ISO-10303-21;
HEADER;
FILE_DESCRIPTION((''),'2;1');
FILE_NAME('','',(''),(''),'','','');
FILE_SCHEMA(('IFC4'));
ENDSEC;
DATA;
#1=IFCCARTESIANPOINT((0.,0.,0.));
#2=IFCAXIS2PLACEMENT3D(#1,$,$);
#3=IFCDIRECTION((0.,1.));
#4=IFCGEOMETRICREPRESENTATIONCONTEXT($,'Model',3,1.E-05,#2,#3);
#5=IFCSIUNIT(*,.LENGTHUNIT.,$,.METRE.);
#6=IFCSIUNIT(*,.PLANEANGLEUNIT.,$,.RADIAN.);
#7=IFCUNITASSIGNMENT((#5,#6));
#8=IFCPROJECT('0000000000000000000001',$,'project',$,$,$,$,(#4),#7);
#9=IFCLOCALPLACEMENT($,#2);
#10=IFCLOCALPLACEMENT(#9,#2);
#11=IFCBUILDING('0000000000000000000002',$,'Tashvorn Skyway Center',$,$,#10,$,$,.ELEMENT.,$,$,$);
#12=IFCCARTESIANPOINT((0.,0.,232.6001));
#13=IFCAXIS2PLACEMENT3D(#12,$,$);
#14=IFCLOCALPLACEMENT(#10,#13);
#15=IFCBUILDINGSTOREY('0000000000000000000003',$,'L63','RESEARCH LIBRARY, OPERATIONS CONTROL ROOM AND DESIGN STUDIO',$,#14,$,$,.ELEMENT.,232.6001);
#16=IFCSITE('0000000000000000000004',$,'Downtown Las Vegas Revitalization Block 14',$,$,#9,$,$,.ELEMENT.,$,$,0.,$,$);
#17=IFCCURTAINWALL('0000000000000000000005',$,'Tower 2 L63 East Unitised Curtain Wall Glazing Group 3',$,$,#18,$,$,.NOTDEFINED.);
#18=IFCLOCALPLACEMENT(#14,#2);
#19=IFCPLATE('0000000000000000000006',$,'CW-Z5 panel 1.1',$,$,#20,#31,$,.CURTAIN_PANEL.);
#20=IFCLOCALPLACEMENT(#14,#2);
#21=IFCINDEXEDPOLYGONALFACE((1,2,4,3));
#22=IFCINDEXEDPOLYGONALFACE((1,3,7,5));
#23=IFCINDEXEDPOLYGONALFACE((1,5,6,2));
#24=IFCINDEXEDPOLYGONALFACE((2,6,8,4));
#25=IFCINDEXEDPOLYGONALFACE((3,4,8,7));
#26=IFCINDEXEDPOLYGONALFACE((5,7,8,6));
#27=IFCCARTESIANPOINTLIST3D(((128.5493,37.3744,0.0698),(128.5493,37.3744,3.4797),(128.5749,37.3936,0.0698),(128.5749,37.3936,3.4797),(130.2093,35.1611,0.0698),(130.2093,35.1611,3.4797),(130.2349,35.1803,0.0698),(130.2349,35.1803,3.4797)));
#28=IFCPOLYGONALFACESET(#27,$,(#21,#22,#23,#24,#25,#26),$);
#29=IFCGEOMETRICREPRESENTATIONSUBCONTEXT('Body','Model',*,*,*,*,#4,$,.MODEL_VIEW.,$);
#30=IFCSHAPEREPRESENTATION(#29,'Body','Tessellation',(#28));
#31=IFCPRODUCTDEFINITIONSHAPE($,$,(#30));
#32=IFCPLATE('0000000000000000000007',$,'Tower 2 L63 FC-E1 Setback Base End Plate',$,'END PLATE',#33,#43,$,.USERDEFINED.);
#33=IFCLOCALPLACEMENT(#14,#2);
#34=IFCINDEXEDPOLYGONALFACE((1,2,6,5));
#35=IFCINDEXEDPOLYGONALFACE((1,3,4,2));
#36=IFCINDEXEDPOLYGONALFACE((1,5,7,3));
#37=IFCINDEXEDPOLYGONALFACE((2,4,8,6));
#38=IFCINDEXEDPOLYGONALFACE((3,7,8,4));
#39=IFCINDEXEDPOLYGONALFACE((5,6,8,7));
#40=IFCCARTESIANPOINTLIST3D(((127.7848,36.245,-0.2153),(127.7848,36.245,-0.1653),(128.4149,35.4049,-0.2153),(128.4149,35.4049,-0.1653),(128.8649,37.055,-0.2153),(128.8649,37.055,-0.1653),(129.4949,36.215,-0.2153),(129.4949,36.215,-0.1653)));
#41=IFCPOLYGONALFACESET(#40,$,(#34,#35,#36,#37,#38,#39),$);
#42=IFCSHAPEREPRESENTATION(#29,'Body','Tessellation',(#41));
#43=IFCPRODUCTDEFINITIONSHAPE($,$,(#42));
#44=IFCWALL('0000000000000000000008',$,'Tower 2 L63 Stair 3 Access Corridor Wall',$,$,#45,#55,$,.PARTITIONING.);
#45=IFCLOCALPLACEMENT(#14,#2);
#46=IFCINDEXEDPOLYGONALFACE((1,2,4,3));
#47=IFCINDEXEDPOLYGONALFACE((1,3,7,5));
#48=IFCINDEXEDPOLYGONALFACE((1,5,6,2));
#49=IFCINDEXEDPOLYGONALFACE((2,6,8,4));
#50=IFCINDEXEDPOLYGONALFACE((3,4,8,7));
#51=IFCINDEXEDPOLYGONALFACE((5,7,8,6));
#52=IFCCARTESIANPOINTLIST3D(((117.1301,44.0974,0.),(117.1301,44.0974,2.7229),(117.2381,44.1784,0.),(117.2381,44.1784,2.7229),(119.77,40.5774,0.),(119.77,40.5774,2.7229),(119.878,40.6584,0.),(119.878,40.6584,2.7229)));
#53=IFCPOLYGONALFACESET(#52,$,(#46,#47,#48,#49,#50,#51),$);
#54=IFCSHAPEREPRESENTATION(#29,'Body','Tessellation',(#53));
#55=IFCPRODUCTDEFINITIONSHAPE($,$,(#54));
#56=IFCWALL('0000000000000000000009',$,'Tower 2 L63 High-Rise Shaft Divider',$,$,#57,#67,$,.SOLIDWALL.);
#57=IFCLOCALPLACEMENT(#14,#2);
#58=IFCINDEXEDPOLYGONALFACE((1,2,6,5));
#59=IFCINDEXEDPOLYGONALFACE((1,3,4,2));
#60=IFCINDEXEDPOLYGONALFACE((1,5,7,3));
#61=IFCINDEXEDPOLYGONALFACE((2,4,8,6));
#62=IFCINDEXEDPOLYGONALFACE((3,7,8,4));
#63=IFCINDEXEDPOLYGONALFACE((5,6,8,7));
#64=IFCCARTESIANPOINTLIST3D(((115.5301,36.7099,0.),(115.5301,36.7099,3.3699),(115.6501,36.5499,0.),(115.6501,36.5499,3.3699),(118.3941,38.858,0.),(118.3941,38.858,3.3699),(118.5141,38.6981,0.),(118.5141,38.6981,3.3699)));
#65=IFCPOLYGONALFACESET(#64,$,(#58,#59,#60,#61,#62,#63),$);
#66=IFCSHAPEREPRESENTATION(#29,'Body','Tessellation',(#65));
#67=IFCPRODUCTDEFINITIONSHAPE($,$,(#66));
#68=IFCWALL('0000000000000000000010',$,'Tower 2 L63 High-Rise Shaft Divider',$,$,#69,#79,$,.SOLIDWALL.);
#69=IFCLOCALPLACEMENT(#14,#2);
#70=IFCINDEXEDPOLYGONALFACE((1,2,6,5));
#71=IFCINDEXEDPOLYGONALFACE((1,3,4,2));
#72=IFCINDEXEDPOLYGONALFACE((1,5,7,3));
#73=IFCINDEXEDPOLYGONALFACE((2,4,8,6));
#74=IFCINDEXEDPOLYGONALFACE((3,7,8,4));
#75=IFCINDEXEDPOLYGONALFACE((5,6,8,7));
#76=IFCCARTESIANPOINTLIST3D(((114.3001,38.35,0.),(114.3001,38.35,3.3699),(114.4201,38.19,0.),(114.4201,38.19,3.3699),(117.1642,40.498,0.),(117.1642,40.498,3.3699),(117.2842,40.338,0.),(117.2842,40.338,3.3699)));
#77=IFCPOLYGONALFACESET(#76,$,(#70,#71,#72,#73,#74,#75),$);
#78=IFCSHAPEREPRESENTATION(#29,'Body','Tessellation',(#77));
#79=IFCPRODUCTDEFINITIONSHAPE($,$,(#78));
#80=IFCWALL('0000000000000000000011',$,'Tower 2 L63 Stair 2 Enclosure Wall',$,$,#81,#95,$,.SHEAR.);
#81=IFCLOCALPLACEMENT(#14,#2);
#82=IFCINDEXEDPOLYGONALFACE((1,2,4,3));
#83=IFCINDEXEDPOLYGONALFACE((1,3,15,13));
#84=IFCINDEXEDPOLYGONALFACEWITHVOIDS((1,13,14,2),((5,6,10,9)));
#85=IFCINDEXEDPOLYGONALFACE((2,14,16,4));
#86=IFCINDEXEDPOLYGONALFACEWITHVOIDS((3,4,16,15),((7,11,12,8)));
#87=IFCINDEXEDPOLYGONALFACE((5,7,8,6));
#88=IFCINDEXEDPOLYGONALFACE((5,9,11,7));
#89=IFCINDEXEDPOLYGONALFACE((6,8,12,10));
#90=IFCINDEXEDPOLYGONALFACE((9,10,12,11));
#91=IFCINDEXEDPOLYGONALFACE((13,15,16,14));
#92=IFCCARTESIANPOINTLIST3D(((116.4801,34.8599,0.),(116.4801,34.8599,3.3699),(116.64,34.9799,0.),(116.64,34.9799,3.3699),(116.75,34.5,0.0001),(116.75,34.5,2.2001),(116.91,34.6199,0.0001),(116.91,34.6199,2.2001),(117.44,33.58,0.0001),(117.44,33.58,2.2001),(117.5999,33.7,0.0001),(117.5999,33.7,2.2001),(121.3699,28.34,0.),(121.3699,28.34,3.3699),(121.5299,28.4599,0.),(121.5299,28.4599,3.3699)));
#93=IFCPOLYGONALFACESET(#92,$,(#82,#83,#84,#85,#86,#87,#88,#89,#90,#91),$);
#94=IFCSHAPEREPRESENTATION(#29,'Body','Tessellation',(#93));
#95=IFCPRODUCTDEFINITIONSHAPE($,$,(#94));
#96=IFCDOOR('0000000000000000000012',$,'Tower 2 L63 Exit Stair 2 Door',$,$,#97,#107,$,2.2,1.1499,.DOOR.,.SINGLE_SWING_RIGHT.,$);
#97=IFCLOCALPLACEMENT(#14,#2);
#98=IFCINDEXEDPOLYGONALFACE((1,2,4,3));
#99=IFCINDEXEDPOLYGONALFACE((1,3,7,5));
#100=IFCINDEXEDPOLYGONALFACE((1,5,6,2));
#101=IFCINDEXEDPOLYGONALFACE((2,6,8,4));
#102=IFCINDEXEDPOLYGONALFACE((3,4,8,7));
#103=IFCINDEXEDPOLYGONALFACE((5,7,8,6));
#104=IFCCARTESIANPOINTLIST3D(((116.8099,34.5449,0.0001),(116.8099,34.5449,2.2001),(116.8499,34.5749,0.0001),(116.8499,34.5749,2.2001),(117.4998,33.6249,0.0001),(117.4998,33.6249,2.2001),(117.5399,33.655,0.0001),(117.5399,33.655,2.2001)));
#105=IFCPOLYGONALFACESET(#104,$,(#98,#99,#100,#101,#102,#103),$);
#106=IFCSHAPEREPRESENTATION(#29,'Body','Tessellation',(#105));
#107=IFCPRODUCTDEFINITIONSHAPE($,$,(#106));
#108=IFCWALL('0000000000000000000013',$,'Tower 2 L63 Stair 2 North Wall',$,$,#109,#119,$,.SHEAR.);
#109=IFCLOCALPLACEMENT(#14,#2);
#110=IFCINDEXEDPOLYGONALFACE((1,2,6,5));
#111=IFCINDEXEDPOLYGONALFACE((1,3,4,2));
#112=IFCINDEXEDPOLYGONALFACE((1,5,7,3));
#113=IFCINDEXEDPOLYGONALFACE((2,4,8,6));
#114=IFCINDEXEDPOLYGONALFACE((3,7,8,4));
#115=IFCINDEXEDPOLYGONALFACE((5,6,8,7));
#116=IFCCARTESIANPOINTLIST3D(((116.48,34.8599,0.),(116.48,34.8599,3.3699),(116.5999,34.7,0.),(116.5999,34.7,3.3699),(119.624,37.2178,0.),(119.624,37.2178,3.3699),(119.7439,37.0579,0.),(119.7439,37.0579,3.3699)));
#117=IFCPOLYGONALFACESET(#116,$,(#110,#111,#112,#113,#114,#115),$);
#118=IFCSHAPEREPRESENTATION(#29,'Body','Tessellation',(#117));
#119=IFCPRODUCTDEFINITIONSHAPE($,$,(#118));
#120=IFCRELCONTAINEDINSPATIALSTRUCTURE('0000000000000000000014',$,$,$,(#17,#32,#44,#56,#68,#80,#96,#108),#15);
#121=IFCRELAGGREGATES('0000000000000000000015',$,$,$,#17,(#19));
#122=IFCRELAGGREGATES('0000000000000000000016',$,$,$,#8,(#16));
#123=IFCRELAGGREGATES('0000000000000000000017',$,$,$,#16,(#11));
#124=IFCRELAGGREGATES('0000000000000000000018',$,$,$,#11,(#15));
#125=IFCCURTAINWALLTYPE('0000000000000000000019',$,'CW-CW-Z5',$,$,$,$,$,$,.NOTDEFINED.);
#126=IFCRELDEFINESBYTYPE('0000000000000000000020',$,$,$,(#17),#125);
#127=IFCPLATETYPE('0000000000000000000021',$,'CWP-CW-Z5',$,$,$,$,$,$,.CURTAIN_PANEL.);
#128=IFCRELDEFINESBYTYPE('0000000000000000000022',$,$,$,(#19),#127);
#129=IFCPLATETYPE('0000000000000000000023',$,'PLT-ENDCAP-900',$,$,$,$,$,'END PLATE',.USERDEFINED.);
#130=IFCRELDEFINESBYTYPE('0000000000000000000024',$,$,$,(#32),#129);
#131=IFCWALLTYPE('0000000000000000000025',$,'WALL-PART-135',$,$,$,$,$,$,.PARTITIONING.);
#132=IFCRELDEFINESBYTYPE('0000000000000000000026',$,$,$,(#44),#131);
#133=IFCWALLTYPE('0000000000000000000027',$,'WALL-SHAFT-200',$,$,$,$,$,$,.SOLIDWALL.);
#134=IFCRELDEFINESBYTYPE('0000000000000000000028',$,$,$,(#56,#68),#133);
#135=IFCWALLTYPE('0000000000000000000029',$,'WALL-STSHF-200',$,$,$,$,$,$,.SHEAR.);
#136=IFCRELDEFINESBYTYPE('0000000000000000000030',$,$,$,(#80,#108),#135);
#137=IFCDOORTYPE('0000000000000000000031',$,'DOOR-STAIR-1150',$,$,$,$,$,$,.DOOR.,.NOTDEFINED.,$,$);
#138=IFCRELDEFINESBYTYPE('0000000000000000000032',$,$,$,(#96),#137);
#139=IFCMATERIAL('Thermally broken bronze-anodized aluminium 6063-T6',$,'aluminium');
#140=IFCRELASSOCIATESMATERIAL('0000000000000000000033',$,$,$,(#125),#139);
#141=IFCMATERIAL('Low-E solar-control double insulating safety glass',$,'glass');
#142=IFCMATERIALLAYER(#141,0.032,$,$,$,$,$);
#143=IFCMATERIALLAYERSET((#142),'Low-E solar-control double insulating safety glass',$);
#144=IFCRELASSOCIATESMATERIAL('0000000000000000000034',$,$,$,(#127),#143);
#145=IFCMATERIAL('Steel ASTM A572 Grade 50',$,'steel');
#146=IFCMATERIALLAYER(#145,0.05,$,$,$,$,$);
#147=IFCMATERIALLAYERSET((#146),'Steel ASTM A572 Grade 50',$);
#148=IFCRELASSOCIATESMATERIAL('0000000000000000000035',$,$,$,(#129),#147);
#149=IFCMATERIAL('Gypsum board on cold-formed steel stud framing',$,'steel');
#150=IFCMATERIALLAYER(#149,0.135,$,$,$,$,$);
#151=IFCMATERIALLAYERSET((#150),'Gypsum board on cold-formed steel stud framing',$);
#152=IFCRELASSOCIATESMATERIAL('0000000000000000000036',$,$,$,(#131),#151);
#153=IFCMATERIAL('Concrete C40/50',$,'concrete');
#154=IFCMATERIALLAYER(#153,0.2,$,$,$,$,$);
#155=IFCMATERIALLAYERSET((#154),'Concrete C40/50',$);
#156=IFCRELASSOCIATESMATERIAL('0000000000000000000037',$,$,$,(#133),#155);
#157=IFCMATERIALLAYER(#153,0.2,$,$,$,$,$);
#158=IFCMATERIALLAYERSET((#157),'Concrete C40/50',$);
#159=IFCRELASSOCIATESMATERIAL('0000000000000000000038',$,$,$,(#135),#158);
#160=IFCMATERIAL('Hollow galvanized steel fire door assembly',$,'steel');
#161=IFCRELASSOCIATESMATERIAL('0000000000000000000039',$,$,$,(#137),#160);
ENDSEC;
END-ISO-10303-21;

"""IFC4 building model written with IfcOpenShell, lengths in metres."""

from ifc_helpers import new_model, si_unit, direction, frame, frame_2d, origin, origin_2d, place, context, subcontext, project, spatial, rectangle, extrude, material, layer, layer_set, type_object, element, fill, aggregate, save


model = new_model("IFC4")

# Units and contexts
model_context = context("Model", 3, precision=1e-05, world=origin(), true_north=direction((0.0, 1.0)))
body_context = subcontext(model_context, "Body", "Model", "MODEL_VIEW")
ifc_project = project(units=[si_unit("LENGTHUNIT", "METRE"), si_unit("PLANEANGLEUNIT", "RADIAN")], contexts=[model_context])

# Site, building, storey
site_placement = place(None, origin())
site = spatial("IfcSite", under=ifc_project, at=site_placement, Name="Downtown Las Vegas Revitalization Block 14", CompositionType="ELEMENT", RefElevation=0.0)
building_placement = place(site_placement, origin())
building = spatial("IfcBuilding", under=site, at=building_placement, Name="Tashvorn Skyway Center", CompositionType="ELEMENT")
storey_placement = place(building_placement, frame((0.0, 0.0, 232.6001)))
storey = spatial("IfcBuildingStorey", under=building, at=storey_placement, Name="L63", Description="RESEARCH LIBRARY, OPERATIONS CONTROL ROOM AND DESIGN STUDIO", CompositionType="ELEMENT", Elevation=232.6001)

# Shared definitions
ifc_material_1 = material(Name="Steel ASTM A572 Grade 50", Category="steel")

# Shared definitions
ifc_material_2 = material(Name="Thermally broken bronze-anodized aluminium 6063-T6", Category="aluminium")
curtain_wall_type = type_object("IfcCurtainWallType", Name="CW-CW-Z5", PredefinedType="NOTDEFINED", material=ifc_material_2)

# Curtain wall, plate
curtain_wall_1_placement = place(storey_placement, origin())
curtain_wall_1 = element("IfcCurtainWall", 1, at=curtain_wall_1_placement, inside=storey, type_object=curtain_wall_type, Name="Tower 2 L63 East Unitised Curtain Wall Glazing Group 3", PredefinedType="NOTDEFINED")
ifc_material_3 = material(Name="Low-E solar-control double insulating safety glass", Category="glass")
ifc_layer_1 = layer(ifc_material_3, 0.032)
ifc_layer_set_1 = layer_set([ifc_layer_1], Name="Low-E solar-control double insulating safety glass")
plate_type_1 = type_object("IfcPlateType", Name="CWP-CW-Z5", PredefinedType="CURTAIN_PANEL", material=ifc_layer_set_1)
plate_1_placement = place(storey_placement, frame((129.3921, 36.2773, 0.0698), z_axis=(0.0, 0.0, 1.0), x_axis=(0.600006, -0.799996, 0.0)))
plate_1 = element("IfcPlate", 2, at=plate_1_placement, type_object=plate_type_1, Name="CW-Z5 panel 1.1", PredefinedType="CURTAIN_PANEL", context=body_context, shape_type="SweptSolid", body=[
    extrude(rectangle(XDim=2.7666, YDim=0.032, at=origin_2d()), origin(), (0.0, 0.0, 1.0), 3.4099),
])
aggregate(curtain_wall_1, [plate_1])

# Plate
ifc_layer_2 = layer(ifc_material_1, 0.05)
ifc_layer_set_2 = layer_set([ifc_layer_2], Name="Steel ASTM A572 Grade 50")
plate_type_2 = type_object("IfcPlateType", Name="PLT-ENDCAP-900", ElementType="END PLATE", PredefinedType="USERDEFINED", material=ifc_layer_set_2)
plate_2_placement = place(storey_placement, frame((128.6399, 36.23, -0.2153), z_axis=(0.0, 0.0, 1.0), x_axis=(0.8, 0.6, 0.0)))
element("IfcPlate", 3, at=plate_2_placement, inside=storey, type_object=plate_type_2, Name="Tower 2 L63 FC-E1 Setback Base End Plate", ObjectType="END PLATE", PredefinedType="USERDEFINED", context=body_context, shape_type="SweptSolid", body=[
    extrude(rectangle(XDim=1.3501, YDim=1.05, at=origin_2d()), origin(), (0.0, 0.0, 1.0), 0.05),
])

# Walls
ifc_material_4 = material(Name="Gypsum board on cold-formed steel stud framing", Category="steel")
ifc_layer_3 = layer(ifc_material_4, 0.135)
ifc_layer_set_3 = layer_set([ifc_layer_3], Name="Gypsum board on cold-formed steel stud framing")
wall_type_1 = type_object("IfcWallType", Name="WALL-PART-135", PredefinedType="PARTITIONING", material=ifc_layer_set_3)
wall_1_placement = place(storey_placement, frame((119.824, 40.6179, 0.0), z_axis=(0.0, 0.0, 1.0), x_axis=(-0.599982, 0.800013, 0.0)))
element("IfcWall", 4, at=wall_1_placement, inside=storey, type_object=wall_type_1, Name="Tower 2 L63 Stair 3 Access Corridor Wall", PredefinedType="PARTITIONING", context=body_context, shape_type="SweptSolid", body=[
    extrude(rectangle(XDim=4.3999, YDim=0.135, at=frame_2d((2.2, 0.0))), origin(), (0.0, 0.0, 1.0), 2.7229),
])
ifc_material_5 = material(Name="Concrete C40/50", Category="concrete")
ifc_layer_4 = layer(ifc_material_5, 0.2)
ifc_layer_set_4 = layer_set([ifc_layer_4], Name="Concrete C40/50")
wall_type_2 = type_object("IfcWallType", Name="WALL-SHAFT-200", PredefinedType="SOLIDWALL", material=ifc_layer_set_4)
for number, where, z_axis, x_axis, name in (
    (5, (115.5901, 36.6299, 0.0), (0.0, 0.0, 1.0), (0.799975, 0.600033, 0.0), "Tower 2 L63 High-Rise Shaft Divider"),
    (6, (114.3601, 38.27, 0.0), (0.0, 0.0, 1.0), (0.800008, 0.599989, 0.0), "Tower 2 L63 High-Rise Shaft Divider"),
):
    element("IfcWall", number, at=place(storey_placement, frame(where, z_axis=z_axis, x_axis=x_axis)), inside=storey, type_object=wall_type_2, Name=name, PredefinedType="SOLIDWALL", context=body_context, shape_type="SweptSolid", body=[
        extrude(rectangle(XDim=3.5801, YDim=0.2, at=frame_2d((1.79, 0.0))), origin(), (0.0, 0.0, 1.0), 3.3699),
    ])

# Wall, opening, door
ifc_layer_5 = layer(ifc_material_5, 0.2)
ifc_layer_set_5 = layer_set([ifc_layer_5], Name="Concrete C40/50")
wall_type_3 = type_object("IfcWallType", Name="WALL-STSHF-200", PredefinedType="SHEAR", material=ifc_layer_set_5)
wall_2_placement = place(storey_placement, frame((116.5601, 34.9199, 0.0), z_axis=(0.0, 0.0, 1.0), x_axis=(0.59999, -0.800007, 0.0)))
wall_2 = element("IfcWall", 7, at=wall_2_placement, inside=storey, type_object=wall_type_3, Name="Tower 2 L63 Stair 2 Enclosure Wall", PredefinedType="SHEAR", context=body_context, shape_type="SweptSolid", body=[
    extrude(rectangle(XDim=8.1499, YDim=0.2, at=frame_2d((4.075, 0.0))), origin(), (0.0, 0.0, 1.0), 3.3699),
])
opening_1_placement = place(wall_2_placement, frame((0.45, 0.0, 0.0)))
opening_1 = element("IfcOpeningElement", 8, at=opening_1_placement, cuts=wall_2, PredefinedType="OPENING", context=body_context, shape_type="SweptSolid", body=[
    extrude(rectangle(XDim=1.1499, YDim=2.2, at=frame_2d((0.575, 1.1001))), frame((0.0, 0.1099, 0.0), z_axis=(0.0, -1.0, 0.0), x_axis=(1.0, 0.0, 0.0)), (0.0, 0.0, 1.0), 0.22),
])
ifc_material_6 = material(Name="Hollow galvanized steel fire door assembly", Category="steel")
door_type_1 = type_object("IfcDoorType", Name="DOOR-STAIR-1150", OperationType="NOTDEFINED", PredefinedType="DOOR", material=ifc_material_6)
door_1_placement = place(opening_1_placement, origin())
door_1 = element("IfcDoor", 9, at=door_1_placement, inside=storey, type_object=door_type_1, Name="Tower 2 L63 Exit Stair 2 Door", OperationType="SINGLE_SWING_RIGHT", OverallHeight=2.2, OverallWidth=1.1499, PredefinedType="DOOR", context=body_context, shape_type="SweptSolid", body=[
    extrude(rectangle(XDim=1.1499, YDim=2.2, at=frame_2d((0.575, 1.1001))), frame((0.0, 0.0249, 0.0), z_axis=(0.0, -1.0, 0.0), x_axis=(1.0, 0.0, 0.0)), (0.0, 0.0, 1.0), 0.05),
])
fill(opening_1, door_1)

# Wall
wall_3_placement = place(storey_placement, frame((116.54, 34.78, 0.0), z_axis=(0.0, 0.0, 1.0), x_axis=(0.800015, 0.59998, 0.0)))
element("IfcWall", 10, at=wall_3_placement, inside=storey, type_object=wall_type_3, Name="Tower 2 L63 Stair 2 North Wall", PredefinedType="SHEAR", context=body_context, shape_type="SweptSolid", body=[
    extrude(rectangle(XDim=3.9299, YDim=0.2, at=frame_2d((1.9648, 0.0))), origin(), (0.0, 0.0, 1.0), 3.3699),
])

save(model, "model.ifc")
